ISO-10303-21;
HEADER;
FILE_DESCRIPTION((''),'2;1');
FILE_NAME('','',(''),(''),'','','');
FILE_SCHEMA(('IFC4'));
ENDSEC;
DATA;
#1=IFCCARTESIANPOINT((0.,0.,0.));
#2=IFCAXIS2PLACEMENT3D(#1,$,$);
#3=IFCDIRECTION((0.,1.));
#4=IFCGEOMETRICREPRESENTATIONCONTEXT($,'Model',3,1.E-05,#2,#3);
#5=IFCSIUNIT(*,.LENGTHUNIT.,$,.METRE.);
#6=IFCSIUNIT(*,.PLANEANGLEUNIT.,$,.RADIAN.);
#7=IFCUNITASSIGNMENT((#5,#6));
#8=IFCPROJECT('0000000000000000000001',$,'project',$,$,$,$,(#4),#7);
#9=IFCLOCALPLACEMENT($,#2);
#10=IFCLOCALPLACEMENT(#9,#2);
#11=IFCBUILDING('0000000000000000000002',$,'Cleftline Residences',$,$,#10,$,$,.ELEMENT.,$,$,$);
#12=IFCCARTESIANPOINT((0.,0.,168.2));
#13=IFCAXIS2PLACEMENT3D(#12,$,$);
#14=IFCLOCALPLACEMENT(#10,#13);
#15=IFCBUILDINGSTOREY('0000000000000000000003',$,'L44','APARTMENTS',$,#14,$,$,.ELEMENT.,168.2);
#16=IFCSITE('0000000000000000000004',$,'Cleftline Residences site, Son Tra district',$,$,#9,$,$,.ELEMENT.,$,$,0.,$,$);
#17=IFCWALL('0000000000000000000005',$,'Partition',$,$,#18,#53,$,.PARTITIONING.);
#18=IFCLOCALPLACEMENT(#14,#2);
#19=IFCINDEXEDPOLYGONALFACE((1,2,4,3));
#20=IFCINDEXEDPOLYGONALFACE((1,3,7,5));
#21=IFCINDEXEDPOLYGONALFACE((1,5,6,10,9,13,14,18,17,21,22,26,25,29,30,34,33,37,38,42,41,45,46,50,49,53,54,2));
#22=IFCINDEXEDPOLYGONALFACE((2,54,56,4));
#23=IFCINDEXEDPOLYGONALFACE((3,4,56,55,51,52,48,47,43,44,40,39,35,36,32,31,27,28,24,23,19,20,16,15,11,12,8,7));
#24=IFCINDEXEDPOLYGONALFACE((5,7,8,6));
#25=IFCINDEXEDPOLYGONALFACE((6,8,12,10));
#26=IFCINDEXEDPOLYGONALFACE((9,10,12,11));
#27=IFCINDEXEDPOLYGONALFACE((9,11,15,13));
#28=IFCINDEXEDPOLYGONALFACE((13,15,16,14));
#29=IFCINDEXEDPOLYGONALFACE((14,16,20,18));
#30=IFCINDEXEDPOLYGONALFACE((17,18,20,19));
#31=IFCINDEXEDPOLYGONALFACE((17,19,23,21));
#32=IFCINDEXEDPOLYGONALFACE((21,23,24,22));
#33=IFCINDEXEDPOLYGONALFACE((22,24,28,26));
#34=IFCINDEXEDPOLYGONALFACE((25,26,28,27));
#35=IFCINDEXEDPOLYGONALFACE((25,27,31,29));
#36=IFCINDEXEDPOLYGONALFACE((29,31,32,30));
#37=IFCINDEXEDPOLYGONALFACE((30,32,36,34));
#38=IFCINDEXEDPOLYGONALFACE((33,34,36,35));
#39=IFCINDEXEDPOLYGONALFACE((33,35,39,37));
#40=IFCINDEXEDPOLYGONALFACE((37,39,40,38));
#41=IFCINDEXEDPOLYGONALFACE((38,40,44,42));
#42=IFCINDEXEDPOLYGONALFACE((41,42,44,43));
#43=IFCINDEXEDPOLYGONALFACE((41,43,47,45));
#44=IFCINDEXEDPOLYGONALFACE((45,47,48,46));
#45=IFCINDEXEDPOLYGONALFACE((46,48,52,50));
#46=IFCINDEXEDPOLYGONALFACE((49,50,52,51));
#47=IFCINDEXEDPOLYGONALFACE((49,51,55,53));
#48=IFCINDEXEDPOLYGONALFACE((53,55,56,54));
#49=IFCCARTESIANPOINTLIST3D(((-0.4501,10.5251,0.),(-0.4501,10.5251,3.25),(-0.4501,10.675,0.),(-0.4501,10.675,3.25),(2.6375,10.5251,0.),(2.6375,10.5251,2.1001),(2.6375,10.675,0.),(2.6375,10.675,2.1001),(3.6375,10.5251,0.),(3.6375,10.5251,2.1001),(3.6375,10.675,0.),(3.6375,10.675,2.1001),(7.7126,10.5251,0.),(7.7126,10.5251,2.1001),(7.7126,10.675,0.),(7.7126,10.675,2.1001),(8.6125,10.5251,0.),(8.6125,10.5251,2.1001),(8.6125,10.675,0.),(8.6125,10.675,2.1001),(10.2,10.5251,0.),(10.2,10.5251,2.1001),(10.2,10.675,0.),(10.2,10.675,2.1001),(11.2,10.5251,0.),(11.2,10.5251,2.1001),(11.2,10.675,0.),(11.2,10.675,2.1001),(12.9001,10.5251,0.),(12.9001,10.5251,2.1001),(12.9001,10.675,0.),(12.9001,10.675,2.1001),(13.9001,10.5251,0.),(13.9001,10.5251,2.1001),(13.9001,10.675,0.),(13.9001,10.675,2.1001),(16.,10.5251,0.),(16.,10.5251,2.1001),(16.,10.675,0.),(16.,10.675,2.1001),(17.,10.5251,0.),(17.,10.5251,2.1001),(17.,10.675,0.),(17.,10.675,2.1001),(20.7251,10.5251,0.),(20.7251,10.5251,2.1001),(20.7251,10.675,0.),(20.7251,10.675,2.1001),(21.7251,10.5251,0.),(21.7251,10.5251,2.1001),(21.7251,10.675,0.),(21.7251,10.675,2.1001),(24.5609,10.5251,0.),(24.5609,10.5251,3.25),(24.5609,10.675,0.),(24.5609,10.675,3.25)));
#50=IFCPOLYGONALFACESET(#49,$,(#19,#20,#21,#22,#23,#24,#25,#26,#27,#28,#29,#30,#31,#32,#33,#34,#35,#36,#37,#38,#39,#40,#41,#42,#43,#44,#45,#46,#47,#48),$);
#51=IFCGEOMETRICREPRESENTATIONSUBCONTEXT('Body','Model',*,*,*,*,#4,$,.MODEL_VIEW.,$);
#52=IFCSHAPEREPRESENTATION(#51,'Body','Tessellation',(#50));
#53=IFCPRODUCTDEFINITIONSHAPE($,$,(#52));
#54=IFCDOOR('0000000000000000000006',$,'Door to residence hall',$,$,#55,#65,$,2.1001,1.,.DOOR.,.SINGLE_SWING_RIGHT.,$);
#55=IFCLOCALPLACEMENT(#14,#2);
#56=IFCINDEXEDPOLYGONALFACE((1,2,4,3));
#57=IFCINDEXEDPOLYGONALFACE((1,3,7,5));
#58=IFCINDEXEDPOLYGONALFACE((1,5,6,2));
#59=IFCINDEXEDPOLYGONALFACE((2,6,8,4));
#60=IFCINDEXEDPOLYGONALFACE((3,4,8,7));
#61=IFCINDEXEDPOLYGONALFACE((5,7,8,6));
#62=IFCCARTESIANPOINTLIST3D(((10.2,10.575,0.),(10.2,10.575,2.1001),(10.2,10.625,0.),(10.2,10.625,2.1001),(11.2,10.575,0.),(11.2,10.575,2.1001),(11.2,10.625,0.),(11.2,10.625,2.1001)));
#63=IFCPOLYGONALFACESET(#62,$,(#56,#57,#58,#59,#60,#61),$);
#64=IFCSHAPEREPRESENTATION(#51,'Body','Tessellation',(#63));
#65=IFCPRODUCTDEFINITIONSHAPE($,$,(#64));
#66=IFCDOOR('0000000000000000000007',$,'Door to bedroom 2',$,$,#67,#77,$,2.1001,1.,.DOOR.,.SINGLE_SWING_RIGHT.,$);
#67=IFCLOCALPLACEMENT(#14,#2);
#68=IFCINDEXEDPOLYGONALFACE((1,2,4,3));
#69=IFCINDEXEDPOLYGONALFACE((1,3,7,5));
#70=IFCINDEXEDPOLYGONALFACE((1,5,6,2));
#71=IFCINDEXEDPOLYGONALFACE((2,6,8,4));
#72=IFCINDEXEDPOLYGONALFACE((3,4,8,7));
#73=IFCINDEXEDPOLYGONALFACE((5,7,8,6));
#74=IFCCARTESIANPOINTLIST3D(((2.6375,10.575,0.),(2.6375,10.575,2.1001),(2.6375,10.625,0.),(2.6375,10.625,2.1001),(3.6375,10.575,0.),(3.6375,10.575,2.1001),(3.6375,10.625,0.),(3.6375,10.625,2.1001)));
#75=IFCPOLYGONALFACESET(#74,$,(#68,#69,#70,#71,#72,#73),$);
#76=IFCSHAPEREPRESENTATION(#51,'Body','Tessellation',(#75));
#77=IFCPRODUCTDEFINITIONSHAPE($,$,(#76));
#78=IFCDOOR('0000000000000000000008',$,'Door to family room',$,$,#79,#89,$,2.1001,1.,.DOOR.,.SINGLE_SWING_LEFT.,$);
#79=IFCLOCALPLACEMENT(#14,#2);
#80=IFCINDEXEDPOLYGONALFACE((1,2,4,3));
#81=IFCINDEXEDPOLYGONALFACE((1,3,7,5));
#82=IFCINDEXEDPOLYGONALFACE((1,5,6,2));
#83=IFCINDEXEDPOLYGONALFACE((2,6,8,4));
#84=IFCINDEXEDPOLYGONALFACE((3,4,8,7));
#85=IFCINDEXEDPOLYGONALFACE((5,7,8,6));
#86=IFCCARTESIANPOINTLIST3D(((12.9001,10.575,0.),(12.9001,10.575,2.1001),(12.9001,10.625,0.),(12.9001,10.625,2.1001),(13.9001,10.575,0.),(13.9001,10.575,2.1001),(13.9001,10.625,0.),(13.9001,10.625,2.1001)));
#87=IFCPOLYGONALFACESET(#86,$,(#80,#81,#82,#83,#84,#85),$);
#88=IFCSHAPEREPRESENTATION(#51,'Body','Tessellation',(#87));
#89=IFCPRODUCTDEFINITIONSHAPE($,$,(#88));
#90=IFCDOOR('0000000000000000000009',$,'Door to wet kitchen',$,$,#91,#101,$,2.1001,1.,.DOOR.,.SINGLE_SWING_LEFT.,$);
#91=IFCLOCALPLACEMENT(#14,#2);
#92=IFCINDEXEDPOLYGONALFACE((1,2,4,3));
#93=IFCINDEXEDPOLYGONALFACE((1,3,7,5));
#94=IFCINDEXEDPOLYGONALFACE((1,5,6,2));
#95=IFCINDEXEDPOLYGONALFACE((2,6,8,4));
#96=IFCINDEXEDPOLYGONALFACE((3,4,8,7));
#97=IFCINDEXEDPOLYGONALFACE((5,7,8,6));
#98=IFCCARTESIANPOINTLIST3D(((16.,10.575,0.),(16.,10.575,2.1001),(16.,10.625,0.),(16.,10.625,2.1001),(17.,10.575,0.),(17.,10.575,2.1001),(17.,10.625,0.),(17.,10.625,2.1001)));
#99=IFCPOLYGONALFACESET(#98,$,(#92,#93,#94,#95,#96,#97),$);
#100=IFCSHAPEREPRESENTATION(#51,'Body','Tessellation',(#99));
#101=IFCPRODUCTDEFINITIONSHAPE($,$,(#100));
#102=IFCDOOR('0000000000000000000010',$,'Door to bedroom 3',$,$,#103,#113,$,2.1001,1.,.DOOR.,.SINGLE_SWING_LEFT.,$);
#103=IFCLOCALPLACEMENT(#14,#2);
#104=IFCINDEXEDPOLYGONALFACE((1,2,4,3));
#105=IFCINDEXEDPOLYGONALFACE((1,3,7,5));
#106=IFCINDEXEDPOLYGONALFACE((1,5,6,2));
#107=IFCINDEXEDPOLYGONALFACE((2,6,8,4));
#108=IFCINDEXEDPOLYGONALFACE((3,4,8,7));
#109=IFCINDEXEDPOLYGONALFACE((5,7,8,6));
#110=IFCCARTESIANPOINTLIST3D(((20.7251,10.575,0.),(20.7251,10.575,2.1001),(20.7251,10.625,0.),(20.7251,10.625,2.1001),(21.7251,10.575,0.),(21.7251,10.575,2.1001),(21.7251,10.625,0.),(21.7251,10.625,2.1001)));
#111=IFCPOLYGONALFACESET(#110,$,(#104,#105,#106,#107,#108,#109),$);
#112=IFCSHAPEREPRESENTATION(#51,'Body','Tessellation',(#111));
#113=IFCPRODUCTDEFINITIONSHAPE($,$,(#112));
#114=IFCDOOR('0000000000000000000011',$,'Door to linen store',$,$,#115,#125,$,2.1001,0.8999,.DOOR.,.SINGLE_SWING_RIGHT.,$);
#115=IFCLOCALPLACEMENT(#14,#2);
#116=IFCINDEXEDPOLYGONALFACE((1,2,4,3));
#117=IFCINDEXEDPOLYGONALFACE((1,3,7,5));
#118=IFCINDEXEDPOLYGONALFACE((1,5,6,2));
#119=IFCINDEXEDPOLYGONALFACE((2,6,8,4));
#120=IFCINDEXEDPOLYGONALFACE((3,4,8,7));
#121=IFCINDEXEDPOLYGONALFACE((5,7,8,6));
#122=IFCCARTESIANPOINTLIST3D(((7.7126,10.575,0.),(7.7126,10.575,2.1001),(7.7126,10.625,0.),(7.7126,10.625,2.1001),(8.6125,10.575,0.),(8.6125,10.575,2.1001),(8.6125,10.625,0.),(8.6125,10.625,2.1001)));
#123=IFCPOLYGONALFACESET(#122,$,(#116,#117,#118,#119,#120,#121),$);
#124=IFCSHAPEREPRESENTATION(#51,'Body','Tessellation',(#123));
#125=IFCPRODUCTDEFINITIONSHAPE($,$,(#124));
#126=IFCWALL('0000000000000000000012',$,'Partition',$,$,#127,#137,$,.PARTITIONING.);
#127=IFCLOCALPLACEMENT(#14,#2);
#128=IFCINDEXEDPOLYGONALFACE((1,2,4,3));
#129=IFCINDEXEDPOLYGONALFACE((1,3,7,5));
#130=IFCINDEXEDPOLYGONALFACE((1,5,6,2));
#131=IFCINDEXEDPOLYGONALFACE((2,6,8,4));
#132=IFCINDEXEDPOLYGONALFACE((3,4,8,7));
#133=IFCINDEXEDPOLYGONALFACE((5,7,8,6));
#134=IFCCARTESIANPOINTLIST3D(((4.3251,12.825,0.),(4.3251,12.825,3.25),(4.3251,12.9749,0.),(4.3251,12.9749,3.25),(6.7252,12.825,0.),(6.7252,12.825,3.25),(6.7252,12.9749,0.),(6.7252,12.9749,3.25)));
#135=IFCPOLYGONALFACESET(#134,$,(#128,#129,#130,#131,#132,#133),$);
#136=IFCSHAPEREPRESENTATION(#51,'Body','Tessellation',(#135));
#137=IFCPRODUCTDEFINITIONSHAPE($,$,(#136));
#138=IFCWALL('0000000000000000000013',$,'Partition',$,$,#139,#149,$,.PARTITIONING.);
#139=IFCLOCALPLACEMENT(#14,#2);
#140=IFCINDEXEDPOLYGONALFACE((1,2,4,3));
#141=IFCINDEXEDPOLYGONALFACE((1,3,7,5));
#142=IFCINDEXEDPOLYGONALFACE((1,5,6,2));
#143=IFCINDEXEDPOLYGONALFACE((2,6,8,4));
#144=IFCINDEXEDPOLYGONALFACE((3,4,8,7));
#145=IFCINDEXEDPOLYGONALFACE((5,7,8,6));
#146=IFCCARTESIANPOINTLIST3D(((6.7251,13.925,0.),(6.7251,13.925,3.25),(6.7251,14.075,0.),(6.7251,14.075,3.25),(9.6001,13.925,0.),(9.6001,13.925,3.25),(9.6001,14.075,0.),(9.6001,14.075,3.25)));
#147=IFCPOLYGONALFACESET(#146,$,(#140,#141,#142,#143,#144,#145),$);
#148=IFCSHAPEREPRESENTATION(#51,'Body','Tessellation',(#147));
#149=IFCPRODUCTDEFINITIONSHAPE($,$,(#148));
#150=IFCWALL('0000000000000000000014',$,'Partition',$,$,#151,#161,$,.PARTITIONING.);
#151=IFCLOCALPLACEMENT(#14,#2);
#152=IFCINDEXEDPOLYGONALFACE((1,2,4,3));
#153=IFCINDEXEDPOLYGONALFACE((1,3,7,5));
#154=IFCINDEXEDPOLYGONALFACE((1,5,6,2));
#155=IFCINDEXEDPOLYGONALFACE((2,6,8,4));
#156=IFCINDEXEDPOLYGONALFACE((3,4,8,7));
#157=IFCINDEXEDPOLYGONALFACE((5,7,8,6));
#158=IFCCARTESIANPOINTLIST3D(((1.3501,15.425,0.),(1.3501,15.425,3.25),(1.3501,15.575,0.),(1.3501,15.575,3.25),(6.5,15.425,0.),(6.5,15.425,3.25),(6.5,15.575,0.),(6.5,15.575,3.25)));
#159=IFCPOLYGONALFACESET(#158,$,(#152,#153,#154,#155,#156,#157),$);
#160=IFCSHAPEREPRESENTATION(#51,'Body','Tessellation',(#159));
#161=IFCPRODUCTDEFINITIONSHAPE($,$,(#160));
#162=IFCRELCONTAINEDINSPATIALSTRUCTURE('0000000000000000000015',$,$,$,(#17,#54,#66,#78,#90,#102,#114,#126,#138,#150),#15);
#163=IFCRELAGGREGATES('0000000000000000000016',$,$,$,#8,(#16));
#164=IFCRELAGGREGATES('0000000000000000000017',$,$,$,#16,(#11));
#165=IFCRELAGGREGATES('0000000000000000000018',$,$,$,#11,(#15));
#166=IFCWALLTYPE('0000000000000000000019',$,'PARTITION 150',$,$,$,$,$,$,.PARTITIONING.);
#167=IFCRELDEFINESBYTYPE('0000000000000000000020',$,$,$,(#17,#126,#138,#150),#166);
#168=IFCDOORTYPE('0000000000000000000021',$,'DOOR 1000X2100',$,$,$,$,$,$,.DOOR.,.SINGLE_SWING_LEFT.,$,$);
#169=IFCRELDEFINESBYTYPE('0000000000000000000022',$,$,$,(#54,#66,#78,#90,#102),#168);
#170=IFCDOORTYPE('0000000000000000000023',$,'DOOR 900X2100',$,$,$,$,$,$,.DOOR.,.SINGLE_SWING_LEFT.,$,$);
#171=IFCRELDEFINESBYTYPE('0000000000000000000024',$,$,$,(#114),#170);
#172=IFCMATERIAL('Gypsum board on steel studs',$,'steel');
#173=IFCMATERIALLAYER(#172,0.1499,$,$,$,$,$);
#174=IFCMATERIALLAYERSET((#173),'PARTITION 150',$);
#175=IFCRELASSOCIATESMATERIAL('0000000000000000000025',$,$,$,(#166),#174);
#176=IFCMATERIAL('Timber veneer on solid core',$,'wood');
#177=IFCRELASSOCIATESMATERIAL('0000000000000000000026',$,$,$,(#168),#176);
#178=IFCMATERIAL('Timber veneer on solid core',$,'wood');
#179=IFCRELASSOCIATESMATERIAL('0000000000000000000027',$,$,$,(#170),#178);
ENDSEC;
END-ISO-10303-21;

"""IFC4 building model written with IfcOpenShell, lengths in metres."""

from ifc_helpers import new_model, si_unit, direction, frame, frame_2d, origin, place, context, subcontext, project, spatial, rectangle, extrude, material, layer, layer_set, type_object, element, fill, save


model = new_model("IFC4")

# Units and contexts
model_context = context("Model", 3, precision=1e-05, world=origin(), true_north=direction((0.0, 1.0)))
body_context = subcontext(model_context, "Body", "Model", "MODEL_VIEW")
ifc_project = project(units=[si_unit("LENGTHUNIT", "METRE"), si_unit("PLANEANGLEUNIT", "RADIAN")], contexts=[model_context])

# Site, building, storey
site_placement = place(None, origin())
site = spatial("IfcSite", under=ifc_project, at=site_placement, Name="Cleftline Residences site, Son Tra district", CompositionType="ELEMENT", RefElevation=0.0)
building_placement = place(site_placement, origin())
building = spatial("IfcBuilding", under=site, at=building_placement, Name="Cleftline Residences", CompositionType="ELEMENT")
storey_placement = place(building_placement, frame((0.0, 0.0, 168.2)))
storey = spatial("IfcBuildingStorey", under=building, at=storey_placement, Name="L44", Description="APARTMENTS", CompositionType="ELEMENT", Elevation=168.2)

# Wall, openings, doors
ifc_material_1 = material(Name="Gypsum board on steel studs", Category="steel")
ifc_layer = layer(ifc_material_1, 0.1499)
ifc_layer_set = layer_set([ifc_layer], Name="PARTITION 150")
wall_type = type_object("IfcWallType", Name="PARTITION 150", PredefinedType="PARTITIONING", material=ifc_layer_set)
wall_1_placement = place(storey_placement, frame((-0.45, 10.6001, 0.0), z_axis=(0.0, 0.0, 1.0), x_axis=(1.0, 0.0, 0.0)))
wall_1 = element("IfcWall", 1, at=wall_1_placement, inside=storey, type_object=wall_type, Name="Partition", PredefinedType="PARTITIONING", context=body_context, shape_type="SweptSolid", body=[
    extrude(rectangle(XDim=25.011, YDim=0.1499, at=frame_2d((12.5054, 0.0))), origin(), (0.0, 0.0, 1.0), 3.25),
])
opening_1_placement = place(wall_1_placement, frame((10.6499, 0.0, 0.0)))
opening_1 = element("IfcOpeningElement", 2, at=opening_1_placement, cuts=wall_1, PredefinedType="OPENING", context=body_context, shape_type="SweptSolid", body=[
    extrude(rectangle(XDim=1.0, YDim=2.1001, at=frame_2d((0.5, 1.05))), frame((0.0, 0.085, 0.0), z_axis=(0.0, -1.0, 0.0), x_axis=(1.0, 0.0, 0.0)), (0.0, 0.0, 1.0), 0.1699),
])
opening_2_placement = place(wall_1_placement, frame((3.0874, 0.0, 0.0)))
opening_2 = element("IfcOpeningElement", 3, at=opening_2_placement, cuts=wall_1, PredefinedType="OPENING", context=body_context, shape_type="SweptSolid", body=[
    extrude(rectangle(XDim=1.0, YDim=2.1001, at=frame_2d((0.5, 1.05))), frame((0.0, 0.085, 0.0), z_axis=(0.0, -1.0, 0.0), x_axis=(1.0, 0.0, 0.0)), (0.0, 0.0, 1.0), 0.1699),
])
opening_3_placement = place(wall_1_placement, frame((8.1626, 0.0, 0.0)))
opening_3 = element("IfcOpeningElement", 4, at=opening_3_placement, cuts=wall_1, PredefinedType="OPENING", context=body_context, shape_type="SweptSolid", body=[
    extrude(rectangle(XDim=0.8999, YDim=2.1001, at=frame_2d((0.45, 1.05))), frame((0.0, 0.085, 0.0), z_axis=(0.0, -1.0, 0.0), x_axis=(1.0, 0.0, 0.0)), (0.0, 0.0, 1.0), 0.1699),
])
opening_4_placement = place(wall_1_placement, frame((13.3501, 0.0, 0.0)))
opening_4 = element("IfcOpeningElement", 5, at=opening_4_placement, cuts=wall_1, PredefinedType="OPENING", context=body_context, shape_type="SweptSolid", body=[
    extrude(rectangle(XDim=1.0, YDim=2.1001, at=frame_2d((0.5, 1.05))), frame((0.0, 0.085, 0.0), z_axis=(0.0, -1.0, 0.0), x_axis=(1.0, 0.0, 0.0)), (0.0, 0.0, 1.0), 0.1699),
])
opening_5_placement = place(wall_1_placement, frame((16.45, 0.0, 0.0)))
opening_5 = element("IfcOpeningElement", 6, at=opening_5_placement, cuts=wall_1, PredefinedType="OPENING", context=body_context, shape_type="SweptSolid", body=[
    extrude(rectangle(XDim=1.0, YDim=2.1001, at=frame_2d((0.5, 1.05))), frame((0.0, 0.085, 0.0), z_axis=(0.0, -1.0, 0.0), x_axis=(1.0, 0.0, 0.0)), (0.0, 0.0, 1.0), 0.1699),
])
opening_6_placement = place(wall_1_placement, frame((21.175, 0.0, 0.0)))
opening_6 = element("IfcOpeningElement", 7, at=opening_6_placement, cuts=wall_1, PredefinedType="OPENING", context=body_context, shape_type="SweptSolid", body=[
    extrude(rectangle(XDim=1.0, YDim=2.1001, at=frame_2d((0.5, 1.05))), frame((0.0, 0.085, 0.0), z_axis=(0.0, -1.0, 0.0), x_axis=(1.0, 0.0, 0.0)), (0.0, 0.0, 1.0), 0.1699),
])
ifc_material_2 = material(Name="Timber veneer on solid core", Category="wood")
door_type_1 = type_object("IfcDoorType", Name="DOOR 1000X2100", OperationType="SINGLE_SWING_LEFT", PredefinedType="DOOR", material=ifc_material_2)
door_1_placement = place(opening_1_placement, origin())
door_1 = element("IfcDoor", 8, at=door_1_placement, inside=storey, type_object=door_type_1, Name="Door to residence hall", OperationType="SINGLE_SWING_RIGHT", OverallHeight=2.1001, OverallWidth=1.0, PredefinedType="DOOR", context=body_context, shape_type="SweptSolid", body=[
    extrude(rectangle(XDim=1.0, YDim=2.1001, at=frame_2d((0.5, 1.05))), frame((0.0, 0.0249, 0.0), z_axis=(0.0, -1.0, 0.0), x_axis=(1.0, 0.0, 0.0)), (0.0, 0.0, 1.0), 0.05),
])
fill(opening_1, door_1)
door_2_placement = place(opening_2_placement, origin())
door_2 = element("IfcDoor", 9, at=door_2_placement, inside=storey, type_object=door_type_1, Name="Door to bedroom 2", OperationType="SINGLE_SWING_RIGHT", OverallHeight=2.1001, OverallWidth=1.0, PredefinedType="DOOR", context=body_context, shape_type="SweptSolid", body=[
    extrude(rectangle(XDim=1.0, YDim=2.1001, at=frame_2d((0.5, 1.05))), frame((0.0, 0.0249, 0.0), z_axis=(0.0, -1.0, 0.0), x_axis=(1.0, 0.0, 0.0)), (0.0, 0.0, 1.0), 0.05),
])
fill(opening_2, door_2)
door_3_placement = place(opening_4_placement, origin())
door_3 = element("IfcDoor", 10, at=door_3_placement, inside=storey, type_object=door_type_1, Name="Door to family room", OperationType="SINGLE_SWING_LEFT", OverallHeight=2.1001, OverallWidth=1.0, PredefinedType="DOOR", context=body_context, shape_type="SweptSolid", body=[
    extrude(rectangle(XDim=1.0, YDim=2.1001, at=frame_2d((0.5, 1.05))), frame((0.0, 0.0249, 0.0), z_axis=(0.0, -1.0, 0.0), x_axis=(1.0, 0.0, 0.0)), (0.0, 0.0, 1.0), 0.05),
])
fill(opening_4, door_3)
door_4_placement = place(opening_5_placement, origin())
door_4 = element("IfcDoor", 11, at=door_4_placement, inside=storey, type_object=door_type_1, Name="Door to wet kitchen", OperationType="SINGLE_SWING_LEFT", OverallHeight=2.1001, OverallWidth=1.0, PredefinedType="DOOR", context=body_context, shape_type="SweptSolid", body=[
    extrude(rectangle(XDim=1.0, YDim=2.1001, at=frame_2d((0.5, 1.05))), frame((0.0, 0.0249, 0.0), z_axis=(0.0, -1.0, 0.0), x_axis=(1.0, 0.0, 0.0)), (0.0, 0.0, 1.0), 0.05),
])
fill(opening_5, door_4)
door_5_placement = place(opening_6_placement, origin())
door_5 = element("IfcDoor", 12, at=door_5_placement, inside=storey, type_object=door_type_1, Name="Door to bedroom 3", OperationType="SINGLE_SWING_LEFT", OverallHeight=2.1001, OverallWidth=1.0, PredefinedType="DOOR", context=body_context, shape_type="SweptSolid", body=[
    extrude(rectangle(XDim=1.0, YDim=2.1001, at=frame_2d((0.5, 1.05))), frame((0.0, 0.0249, 0.0), z_axis=(0.0, -1.0, 0.0), x_axis=(1.0, 0.0, 0.0)), (0.0, 0.0, 1.0), 0.05),
])
fill(opening_6, door_5)
ifc_material_3 = material(Name="Timber veneer on solid core", Category="wood")
door_type_2 = type_object("IfcDoorType", Name="DOOR 900X2100", OperationType="SINGLE_SWING_LEFT", PredefinedType="DOOR", material=ifc_material_3)
door_6_placement = place(opening_3_placement, origin())
door_6 = element("IfcDoor", 13, at=door_6_placement, inside=storey, type_object=door_type_2, Name="Door to linen store", OperationType="SINGLE_SWING_RIGHT", OverallHeight=2.1001, OverallWidth=0.8999, PredefinedType="DOOR", context=body_context, shape_type="SweptSolid", body=[
    extrude(rectangle(XDim=0.8999, YDim=2.1001, at=frame_2d((0.45, 1.05))), frame((0.0, 0.0249, 0.0), z_axis=(0.0, -1.0, 0.0), x_axis=(1.0, 0.0, 0.0)), (0.0, 0.0, 1.0), 0.05),
])
fill(opening_3, door_6)

# Walls
wall_2_placement = place(storey_placement, frame((4.325, 12.8999, 0.0), z_axis=(0.0, 0.0, 1.0), x_axis=(1.0, 0.0, 0.0)))
element("IfcWall", 14, at=wall_2_placement, inside=storey, type_object=wall_type, Name="Partition", PredefinedType="PARTITIONING", context=body_context, shape_type="SweptSolid", body=[
    extrude(rectangle(XDim=2.4001, YDim=0.1499, at=frame_2d((1.2002, 0.0))), origin(), (0.0, 0.0, 1.0), 3.25),
])
wall_3_placement = place(storey_placement, frame((6.7251, 14.0, 0.0), z_axis=(0.0, 0.0, 1.0), x_axis=(1.0, 0.0, 0.0)))
element("IfcWall", 15, at=wall_3_placement, inside=storey, type_object=wall_type, Name="Partition", PredefinedType="PARTITIONING", context=body_context, shape_type="SweptSolid", body=[
    extrude(rectangle(XDim=2.875, YDim=0.1499, at=frame_2d((1.4375, 0.0))), origin(), (0.0, 0.0, 1.0), 3.25),
])
wall_4_placement = place(storey_placement, frame((1.3501, 15.5, 0.0), z_axis=(0.0, 0.0, 1.0), x_axis=(1.0, 0.0, 0.0)))
element("IfcWall", 16, at=wall_4_placement, inside=storey, type_object=wall_type, Name="Partition", PredefinedType="PARTITIONING", context=body_context, shape_type="SweptSolid", body=[
    extrude(rectangle(XDim=5.1499, YDim=0.1499, at=frame_2d((2.575, 0.0))), origin(), (0.0, 0.0, 1.0), 3.25),
])

save(model, "model.ifc")
